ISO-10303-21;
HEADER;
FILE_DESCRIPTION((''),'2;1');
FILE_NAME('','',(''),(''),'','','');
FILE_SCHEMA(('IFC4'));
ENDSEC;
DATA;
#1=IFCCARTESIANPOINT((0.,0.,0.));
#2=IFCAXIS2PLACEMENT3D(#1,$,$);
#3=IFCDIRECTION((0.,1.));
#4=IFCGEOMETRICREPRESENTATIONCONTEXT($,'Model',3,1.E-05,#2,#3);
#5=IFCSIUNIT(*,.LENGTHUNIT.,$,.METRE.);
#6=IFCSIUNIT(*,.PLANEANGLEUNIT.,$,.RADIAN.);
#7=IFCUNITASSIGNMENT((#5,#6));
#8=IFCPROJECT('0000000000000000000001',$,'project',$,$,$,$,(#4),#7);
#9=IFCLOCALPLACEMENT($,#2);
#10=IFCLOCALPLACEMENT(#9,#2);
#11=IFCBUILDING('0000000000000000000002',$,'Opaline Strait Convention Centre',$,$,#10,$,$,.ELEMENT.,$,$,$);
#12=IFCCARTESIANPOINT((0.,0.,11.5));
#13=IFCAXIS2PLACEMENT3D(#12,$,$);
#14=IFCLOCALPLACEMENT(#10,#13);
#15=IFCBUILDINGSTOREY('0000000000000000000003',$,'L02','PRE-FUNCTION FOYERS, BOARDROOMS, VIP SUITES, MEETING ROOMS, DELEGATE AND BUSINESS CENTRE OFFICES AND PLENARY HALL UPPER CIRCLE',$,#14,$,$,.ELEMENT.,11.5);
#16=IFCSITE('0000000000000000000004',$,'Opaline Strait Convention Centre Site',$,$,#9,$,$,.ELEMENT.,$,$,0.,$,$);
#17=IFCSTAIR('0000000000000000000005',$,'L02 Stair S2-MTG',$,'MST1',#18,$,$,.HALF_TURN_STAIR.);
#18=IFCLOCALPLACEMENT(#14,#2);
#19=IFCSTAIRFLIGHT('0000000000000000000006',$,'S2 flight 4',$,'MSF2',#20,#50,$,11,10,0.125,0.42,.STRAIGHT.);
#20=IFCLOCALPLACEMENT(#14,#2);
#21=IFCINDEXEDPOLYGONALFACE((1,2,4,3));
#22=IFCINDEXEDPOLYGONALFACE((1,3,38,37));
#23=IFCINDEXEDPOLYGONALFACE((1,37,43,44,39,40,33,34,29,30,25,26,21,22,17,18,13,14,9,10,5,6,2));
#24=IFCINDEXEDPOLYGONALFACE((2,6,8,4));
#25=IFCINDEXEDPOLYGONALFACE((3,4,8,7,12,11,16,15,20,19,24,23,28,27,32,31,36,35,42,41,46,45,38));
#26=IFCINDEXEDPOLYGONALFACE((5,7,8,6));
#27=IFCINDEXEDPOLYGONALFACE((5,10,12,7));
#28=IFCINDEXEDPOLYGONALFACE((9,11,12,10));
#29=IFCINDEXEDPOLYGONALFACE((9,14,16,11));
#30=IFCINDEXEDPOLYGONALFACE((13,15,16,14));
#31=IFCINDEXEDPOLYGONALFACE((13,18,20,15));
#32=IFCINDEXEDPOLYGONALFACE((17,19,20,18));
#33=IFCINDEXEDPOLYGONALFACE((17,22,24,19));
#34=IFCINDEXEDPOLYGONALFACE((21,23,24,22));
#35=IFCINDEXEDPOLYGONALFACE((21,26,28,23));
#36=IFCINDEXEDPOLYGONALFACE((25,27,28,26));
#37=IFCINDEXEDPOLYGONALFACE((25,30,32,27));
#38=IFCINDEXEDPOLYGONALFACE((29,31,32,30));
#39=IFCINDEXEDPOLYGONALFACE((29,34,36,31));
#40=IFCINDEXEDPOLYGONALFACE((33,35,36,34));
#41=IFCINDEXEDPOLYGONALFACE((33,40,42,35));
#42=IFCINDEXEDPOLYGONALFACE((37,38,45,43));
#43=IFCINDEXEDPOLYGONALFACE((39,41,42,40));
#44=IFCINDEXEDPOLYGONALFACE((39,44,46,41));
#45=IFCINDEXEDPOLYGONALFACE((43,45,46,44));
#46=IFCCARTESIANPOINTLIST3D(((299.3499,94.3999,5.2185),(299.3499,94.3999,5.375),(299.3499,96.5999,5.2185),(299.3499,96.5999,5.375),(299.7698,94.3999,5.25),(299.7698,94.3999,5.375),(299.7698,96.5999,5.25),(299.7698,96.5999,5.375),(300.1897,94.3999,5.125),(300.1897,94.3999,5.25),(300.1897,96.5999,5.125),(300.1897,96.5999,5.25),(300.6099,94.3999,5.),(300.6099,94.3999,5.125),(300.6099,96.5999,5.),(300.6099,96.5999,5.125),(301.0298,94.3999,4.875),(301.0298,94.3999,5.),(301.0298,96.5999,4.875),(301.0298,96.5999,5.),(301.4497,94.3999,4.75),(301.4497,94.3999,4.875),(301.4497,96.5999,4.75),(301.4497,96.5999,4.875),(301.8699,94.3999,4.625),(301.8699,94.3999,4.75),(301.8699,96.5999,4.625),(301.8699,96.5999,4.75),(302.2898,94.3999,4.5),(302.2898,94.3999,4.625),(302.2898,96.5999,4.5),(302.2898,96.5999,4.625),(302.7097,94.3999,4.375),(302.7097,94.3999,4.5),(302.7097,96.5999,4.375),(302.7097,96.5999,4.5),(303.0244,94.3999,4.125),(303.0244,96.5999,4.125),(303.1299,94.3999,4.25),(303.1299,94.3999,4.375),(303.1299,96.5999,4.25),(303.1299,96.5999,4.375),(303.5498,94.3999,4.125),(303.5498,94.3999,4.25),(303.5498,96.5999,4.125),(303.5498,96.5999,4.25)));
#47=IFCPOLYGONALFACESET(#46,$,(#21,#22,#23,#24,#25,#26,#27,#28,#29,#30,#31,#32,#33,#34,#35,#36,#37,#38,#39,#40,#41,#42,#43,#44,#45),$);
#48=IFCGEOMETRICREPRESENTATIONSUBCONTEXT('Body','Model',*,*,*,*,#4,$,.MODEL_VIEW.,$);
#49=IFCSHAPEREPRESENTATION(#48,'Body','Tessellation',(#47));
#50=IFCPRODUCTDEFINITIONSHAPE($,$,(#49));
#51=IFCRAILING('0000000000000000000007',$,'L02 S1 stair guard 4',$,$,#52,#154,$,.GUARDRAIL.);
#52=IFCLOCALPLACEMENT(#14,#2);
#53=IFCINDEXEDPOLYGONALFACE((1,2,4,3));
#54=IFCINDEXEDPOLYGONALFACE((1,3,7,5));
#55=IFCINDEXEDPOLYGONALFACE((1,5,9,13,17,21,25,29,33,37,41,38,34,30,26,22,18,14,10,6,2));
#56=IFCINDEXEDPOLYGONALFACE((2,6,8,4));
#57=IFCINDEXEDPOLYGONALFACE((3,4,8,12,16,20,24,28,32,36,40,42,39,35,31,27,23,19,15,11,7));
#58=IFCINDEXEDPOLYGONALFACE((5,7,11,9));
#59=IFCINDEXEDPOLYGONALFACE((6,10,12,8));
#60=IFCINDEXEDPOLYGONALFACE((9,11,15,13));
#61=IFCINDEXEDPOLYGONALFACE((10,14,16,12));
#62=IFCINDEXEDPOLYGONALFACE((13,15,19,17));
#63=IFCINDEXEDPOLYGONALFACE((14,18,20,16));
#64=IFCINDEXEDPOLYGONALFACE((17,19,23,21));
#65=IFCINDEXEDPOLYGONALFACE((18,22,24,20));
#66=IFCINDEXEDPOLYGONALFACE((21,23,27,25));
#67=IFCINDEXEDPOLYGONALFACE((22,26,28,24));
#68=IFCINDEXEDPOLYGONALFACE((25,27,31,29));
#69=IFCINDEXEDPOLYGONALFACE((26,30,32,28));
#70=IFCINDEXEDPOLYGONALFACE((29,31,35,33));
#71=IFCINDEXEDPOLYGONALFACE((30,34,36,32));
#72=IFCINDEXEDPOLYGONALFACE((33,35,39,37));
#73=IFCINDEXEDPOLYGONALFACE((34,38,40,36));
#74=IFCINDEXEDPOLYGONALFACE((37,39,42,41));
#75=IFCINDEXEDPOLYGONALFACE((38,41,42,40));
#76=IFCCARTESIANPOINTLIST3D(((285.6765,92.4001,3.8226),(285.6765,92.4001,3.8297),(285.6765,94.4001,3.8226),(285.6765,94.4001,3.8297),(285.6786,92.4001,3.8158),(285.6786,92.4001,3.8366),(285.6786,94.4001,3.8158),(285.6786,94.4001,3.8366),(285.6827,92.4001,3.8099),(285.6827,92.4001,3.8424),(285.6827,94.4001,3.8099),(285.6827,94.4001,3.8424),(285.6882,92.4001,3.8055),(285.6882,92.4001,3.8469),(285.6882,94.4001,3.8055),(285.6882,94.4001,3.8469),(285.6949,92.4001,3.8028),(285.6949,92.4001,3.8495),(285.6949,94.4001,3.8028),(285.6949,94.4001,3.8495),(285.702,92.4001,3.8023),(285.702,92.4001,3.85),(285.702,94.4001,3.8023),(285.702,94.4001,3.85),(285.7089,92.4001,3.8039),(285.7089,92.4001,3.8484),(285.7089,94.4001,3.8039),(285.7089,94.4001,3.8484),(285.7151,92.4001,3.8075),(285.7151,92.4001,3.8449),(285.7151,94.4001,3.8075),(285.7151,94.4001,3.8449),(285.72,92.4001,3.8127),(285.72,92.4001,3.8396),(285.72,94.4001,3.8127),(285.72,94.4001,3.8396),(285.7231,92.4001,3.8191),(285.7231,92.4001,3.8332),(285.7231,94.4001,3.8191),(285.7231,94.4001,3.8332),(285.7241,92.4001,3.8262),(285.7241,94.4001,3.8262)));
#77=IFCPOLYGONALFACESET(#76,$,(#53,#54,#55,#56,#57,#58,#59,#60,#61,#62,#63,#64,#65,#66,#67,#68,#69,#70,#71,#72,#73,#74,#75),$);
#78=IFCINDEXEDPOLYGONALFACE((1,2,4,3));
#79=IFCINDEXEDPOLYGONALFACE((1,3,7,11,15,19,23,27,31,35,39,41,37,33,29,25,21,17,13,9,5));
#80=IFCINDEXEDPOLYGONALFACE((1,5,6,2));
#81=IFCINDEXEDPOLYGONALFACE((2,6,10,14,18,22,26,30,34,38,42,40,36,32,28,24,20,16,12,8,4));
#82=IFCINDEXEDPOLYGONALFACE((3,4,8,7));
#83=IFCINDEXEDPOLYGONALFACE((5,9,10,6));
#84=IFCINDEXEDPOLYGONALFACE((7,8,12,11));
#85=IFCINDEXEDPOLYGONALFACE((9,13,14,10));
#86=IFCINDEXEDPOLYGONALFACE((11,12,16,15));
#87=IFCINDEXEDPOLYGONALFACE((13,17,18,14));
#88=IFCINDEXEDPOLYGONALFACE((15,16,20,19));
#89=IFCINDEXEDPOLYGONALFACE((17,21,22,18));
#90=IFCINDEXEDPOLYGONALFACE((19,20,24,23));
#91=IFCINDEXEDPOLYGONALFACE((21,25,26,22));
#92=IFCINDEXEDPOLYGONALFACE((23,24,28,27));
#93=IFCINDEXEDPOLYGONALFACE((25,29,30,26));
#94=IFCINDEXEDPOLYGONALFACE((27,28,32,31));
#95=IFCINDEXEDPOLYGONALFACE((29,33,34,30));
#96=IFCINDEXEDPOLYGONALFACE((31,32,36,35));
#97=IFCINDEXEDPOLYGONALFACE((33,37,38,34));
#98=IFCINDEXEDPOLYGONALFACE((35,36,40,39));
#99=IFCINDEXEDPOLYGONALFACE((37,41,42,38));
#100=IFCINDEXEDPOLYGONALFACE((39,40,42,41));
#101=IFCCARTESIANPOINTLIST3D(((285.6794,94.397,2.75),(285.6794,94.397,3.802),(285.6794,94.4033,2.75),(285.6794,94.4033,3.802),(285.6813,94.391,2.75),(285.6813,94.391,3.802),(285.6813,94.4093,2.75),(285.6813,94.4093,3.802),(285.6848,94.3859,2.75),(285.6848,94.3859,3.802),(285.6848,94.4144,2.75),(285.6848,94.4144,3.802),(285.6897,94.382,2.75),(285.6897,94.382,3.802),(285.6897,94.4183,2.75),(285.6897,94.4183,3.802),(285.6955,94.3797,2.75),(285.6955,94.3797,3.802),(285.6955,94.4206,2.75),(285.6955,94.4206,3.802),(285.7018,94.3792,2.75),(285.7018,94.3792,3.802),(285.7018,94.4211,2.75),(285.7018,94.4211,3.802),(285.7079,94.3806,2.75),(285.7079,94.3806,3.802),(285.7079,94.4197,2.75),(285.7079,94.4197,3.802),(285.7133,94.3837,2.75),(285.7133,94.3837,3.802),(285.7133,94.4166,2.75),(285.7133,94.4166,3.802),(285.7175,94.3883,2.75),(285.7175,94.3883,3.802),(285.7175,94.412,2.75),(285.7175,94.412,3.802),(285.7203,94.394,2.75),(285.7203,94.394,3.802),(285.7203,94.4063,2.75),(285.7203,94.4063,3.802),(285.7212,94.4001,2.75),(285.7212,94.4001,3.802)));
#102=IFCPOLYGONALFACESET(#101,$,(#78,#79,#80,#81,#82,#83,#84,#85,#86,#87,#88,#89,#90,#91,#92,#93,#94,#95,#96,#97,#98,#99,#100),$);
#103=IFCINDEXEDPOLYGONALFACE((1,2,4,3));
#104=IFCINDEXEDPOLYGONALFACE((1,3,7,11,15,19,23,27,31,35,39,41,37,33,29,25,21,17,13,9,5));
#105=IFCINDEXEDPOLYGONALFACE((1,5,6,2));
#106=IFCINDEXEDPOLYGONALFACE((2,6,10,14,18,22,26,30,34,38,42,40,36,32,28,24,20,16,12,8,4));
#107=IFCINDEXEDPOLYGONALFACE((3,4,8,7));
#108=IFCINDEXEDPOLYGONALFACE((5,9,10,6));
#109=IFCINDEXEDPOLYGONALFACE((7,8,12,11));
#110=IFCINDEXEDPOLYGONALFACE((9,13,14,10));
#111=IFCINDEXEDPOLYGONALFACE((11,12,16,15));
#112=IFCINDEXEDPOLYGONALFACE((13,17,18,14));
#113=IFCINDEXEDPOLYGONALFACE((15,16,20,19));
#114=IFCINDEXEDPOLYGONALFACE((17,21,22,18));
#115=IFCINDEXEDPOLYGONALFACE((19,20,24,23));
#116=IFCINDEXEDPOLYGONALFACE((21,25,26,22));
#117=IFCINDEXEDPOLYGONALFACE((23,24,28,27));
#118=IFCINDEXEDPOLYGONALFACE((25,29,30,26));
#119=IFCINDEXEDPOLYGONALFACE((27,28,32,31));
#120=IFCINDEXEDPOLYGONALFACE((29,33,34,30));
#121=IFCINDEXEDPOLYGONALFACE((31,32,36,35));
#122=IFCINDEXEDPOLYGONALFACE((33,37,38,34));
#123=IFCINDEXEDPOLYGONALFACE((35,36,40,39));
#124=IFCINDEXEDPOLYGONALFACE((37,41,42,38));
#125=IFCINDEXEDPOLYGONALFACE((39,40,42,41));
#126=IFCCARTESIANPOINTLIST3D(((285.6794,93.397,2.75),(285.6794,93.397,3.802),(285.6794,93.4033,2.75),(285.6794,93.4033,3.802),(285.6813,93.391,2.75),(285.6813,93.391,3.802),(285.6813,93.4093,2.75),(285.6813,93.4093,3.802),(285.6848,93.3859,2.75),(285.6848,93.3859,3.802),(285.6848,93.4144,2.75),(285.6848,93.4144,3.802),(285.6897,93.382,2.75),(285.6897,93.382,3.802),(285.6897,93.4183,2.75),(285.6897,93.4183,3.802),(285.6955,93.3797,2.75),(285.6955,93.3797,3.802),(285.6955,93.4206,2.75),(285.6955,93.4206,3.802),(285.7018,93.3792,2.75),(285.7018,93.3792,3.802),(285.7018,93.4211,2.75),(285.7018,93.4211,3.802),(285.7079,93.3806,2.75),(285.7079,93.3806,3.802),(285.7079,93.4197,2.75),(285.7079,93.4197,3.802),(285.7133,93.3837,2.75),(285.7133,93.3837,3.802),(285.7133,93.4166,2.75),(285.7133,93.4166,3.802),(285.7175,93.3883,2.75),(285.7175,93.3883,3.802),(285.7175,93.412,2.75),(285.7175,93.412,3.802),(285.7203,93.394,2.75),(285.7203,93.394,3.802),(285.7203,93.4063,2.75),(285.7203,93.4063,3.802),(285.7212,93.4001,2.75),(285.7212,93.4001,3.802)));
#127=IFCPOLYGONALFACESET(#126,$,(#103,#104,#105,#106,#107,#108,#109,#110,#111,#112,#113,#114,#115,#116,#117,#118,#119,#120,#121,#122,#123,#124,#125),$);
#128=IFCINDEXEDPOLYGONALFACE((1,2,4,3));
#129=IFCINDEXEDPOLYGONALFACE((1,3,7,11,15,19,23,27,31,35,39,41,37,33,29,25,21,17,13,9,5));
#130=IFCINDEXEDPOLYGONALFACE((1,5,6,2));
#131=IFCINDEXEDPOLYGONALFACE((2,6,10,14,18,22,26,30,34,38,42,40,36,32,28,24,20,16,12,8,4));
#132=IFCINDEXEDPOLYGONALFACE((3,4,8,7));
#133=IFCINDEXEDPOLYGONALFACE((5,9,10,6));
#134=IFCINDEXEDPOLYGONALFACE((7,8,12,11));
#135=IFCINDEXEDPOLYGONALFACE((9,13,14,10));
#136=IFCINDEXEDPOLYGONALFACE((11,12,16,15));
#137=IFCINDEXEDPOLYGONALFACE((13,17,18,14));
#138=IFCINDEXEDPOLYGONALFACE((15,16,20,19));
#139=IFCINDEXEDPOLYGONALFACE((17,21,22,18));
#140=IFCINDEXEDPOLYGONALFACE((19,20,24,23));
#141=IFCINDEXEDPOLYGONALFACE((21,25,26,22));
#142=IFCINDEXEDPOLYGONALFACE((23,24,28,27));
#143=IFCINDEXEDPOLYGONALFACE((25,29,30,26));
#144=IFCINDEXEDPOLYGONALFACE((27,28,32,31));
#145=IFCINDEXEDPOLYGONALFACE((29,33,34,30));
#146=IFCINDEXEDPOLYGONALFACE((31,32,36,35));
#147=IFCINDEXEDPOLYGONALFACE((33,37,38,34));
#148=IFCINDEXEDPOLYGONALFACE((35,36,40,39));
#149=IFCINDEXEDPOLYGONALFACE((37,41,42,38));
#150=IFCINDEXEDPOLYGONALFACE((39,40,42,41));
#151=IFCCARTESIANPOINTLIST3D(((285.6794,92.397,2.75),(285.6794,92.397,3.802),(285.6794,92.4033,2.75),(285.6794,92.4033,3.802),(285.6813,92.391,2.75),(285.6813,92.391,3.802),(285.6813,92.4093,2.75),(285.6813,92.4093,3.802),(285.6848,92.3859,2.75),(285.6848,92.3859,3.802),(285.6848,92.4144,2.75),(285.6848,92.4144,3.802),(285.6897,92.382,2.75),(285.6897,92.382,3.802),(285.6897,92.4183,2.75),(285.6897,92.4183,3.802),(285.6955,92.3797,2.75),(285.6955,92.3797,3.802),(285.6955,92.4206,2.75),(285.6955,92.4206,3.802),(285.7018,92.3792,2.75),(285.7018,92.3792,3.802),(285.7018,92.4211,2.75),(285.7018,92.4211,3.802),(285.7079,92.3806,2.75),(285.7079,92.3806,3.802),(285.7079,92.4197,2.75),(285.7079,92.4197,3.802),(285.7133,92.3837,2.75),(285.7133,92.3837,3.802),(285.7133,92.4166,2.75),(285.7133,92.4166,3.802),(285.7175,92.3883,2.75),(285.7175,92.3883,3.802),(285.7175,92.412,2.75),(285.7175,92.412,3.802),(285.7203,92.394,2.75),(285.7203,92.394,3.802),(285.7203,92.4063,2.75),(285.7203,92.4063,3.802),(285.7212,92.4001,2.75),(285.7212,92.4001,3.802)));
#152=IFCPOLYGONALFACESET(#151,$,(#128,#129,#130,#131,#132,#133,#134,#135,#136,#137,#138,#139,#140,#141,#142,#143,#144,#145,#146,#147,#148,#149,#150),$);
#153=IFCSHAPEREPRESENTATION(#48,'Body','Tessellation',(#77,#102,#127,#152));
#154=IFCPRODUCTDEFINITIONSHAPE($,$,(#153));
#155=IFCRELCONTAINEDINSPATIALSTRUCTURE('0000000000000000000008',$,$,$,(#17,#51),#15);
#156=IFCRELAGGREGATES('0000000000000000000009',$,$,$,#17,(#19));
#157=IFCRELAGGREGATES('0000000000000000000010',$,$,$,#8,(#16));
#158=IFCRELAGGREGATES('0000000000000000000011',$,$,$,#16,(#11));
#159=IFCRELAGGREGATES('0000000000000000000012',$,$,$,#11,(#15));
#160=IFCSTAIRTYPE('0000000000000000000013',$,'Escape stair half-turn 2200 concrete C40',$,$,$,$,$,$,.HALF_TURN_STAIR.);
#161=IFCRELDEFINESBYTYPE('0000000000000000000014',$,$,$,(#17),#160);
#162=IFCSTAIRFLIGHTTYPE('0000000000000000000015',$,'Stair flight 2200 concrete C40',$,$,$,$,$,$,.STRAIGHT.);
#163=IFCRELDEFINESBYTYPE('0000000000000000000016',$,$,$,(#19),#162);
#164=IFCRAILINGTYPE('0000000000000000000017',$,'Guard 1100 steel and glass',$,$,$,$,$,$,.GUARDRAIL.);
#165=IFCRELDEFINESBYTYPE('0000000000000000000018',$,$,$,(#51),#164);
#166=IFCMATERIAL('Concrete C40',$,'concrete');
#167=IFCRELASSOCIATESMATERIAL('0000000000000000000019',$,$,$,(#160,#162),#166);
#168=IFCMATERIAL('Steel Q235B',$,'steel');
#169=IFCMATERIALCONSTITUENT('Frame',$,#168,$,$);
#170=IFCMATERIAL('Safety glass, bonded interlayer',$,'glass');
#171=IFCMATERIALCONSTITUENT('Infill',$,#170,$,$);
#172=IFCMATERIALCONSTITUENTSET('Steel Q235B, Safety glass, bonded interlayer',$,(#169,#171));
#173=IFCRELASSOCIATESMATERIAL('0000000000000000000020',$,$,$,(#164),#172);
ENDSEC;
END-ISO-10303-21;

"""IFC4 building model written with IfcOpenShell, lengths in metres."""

from ifc_helpers import new_model, si_unit, direction, frame, origin, origin_2d, place, context, subcontext, project, spatial, polyline, circle, outline, extrude, material, constituent, constituent_set, type_object, element, aggregate, save


model = new_model("IFC4")

# Units and contexts
model_context = context("Model", 3, precision=1e-05, world=origin(), true_north=direction((0.0, 1.0)))
body_context = subcontext(model_context, "Body", "Model", "MODEL_VIEW")
ifc_project = project(units=[si_unit("LENGTHUNIT", "METRE"), si_unit("PLANEANGLEUNIT", "RADIAN")], contexts=[model_context])

# Site, building, storey
site_placement = place(None, origin())
site = spatial("IfcSite", under=ifc_project, at=site_placement, Name="Opaline Strait Convention Centre Site", CompositionType="ELEMENT", RefElevation=0.0)
building_placement = place(site_placement, origin())
building = spatial("IfcBuilding", under=site, at=building_placement, Name="Opaline Strait Convention Centre", CompositionType="ELEMENT")
storey_placement = place(building_placement, frame((0.0, 0.0, 11.5)))
storey = spatial("IfcBuildingStorey", under=building, at=storey_placement, Name="L02", Description="PRE-FUNCTION FOYERS, BOARDROOMS, VIP SUITES, MEETING ROOMS, DELEGATE AND BUSINESS CENTRE OFFICES AND PLENARY HALL UPPER CIRCLE", CompositionType="ELEMENT", Elevation=11.5)

# Shared definitions
ifc_material_1 = material(Name="Concrete C40", Category="concrete")

# Shared definitions
ifc_material_2 = material(Name="Steel Q235B", Category="steel")

# Stair, stair flight
stair_type = type_object("IfcStairType", Name="Escape stair half-turn 2200 concrete C40", PredefinedType="HALF_TURN_STAIR", material=ifc_material_1)
stair_placement = place(storey_placement, origin())
stair = element("IfcStair", 1, at=stair_placement, inside=storey, type_object=stair_type, Name="L02 Stair S2-MTG", ObjectType="MST1", PredefinedType="HALF_TURN_STAIR")
stair_flight_type = type_object("IfcStairFlightType", Name="Stair flight 2200 concrete C40", PredefinedType="STRAIGHT", material=ifc_material_1)
stair_flight_1_placement = place(storey_placement, frame((303.5498, 95.5, 4.125), z_axis=(0.0, 0.0, 1.0), x_axis=(-1.0, 0.0, 0.0)))
stair_flight_1 = element("IfcStairFlight", 2, at=stair_flight_1_placement, type_object=stair_flight_type, Name="S2 flight 4", ObjectType="MSF2", NumberOfRisers=11, NumberOfTreads=10, PredefinedType="STRAIGHT", RiserHeight=0.125, TreadLength=0.42, context=body_context, shape_type="SweptSolid", body=[
    extrude(outline(polyline([(0.0, 0.0), (0.0, 0.125), (0.4199, 0.125), (0.4199, 0.25), (0.8401, 0.25), (0.8401, 0.375), (1.26, 0.375), (1.26, 0.5), (1.6799, 0.5), (1.6799, 0.625), (2.1001, 0.625), (2.1001, 0.75), (2.52, 0.75), (2.52, 0.875), (2.9399, 0.875), (2.9399, 1.0), (3.3601, 1.0), (3.3601, 1.125), (3.78, 1.125), (3.78, 1.25), (4.2, 1.25), (4.2, 1.375), (4.2, 1.0935), (0.5254, 0.0), (0.0, 0.0)])), frame((0.0, 1.1001, 0.0), z_axis=(0.0, -1.0, 0.0), x_axis=(1.0, 0.0, 0.0)), (0.0, 0.0, 1.0), 2.2),
])
aggregate(stair, [stair_flight_1])

# Railing
ifc_constituent_1 = constituent(ifc_material_2, Name="Frame")
ifc_material_3 = material(Name="Safety glass, bonded interlayer", Category="glass")
ifc_constituent_2 = constituent(ifc_material_3, Name="Infill")
ifc_constituent_set = constituent_set(constituents=[ifc_constituent_1, ifc_constituent_2], Name="Steel Q235B, Safety glass, bonded interlayer")
railing_type_1 = type_object("IfcRailingType", Name="Guard 1100 steel and glass", PredefinedType="GUARDRAIL", material=ifc_constituent_set)
for number, where, name in (
    (3, (285.7002, 94.4001, 2.75), "L02 S1 stair guard 4"),
):
    element("IfcRailing", number, at=place(storey_placement, frame(where)), inside=storey, type_object=railing_type_1, Name=name, PredefinedType="GUARDRAIL", context=body_context, shape_type="SweptSolid", body=[
        extrude(circle(Radius=0.0239, at=origin_2d()), frame((0.0, 0.0, 1.0762), z_axis=(0.0, -1.0, 0.0), x_axis=(1.0, 0.0, 0.0)), (0.0, 0.0, 1.0), 2.0),
        extrude(circle(Radius=0.021, at=origin_2d()), origin(), (0.0, 0.0, 1.0), 1.052),
        extrude(circle(Radius=0.021, at=origin_2d()), frame((0.0, -1.0, 0.0)), (0.0, 0.0, 1.0), 1.052),
        extrude(circle(Radius=0.021, at=origin_2d()), frame((0.0, -2.0, 0.0)), (0.0, 0.0, 1.0), 1.052),
    ])

save(model, "model.ifc")
